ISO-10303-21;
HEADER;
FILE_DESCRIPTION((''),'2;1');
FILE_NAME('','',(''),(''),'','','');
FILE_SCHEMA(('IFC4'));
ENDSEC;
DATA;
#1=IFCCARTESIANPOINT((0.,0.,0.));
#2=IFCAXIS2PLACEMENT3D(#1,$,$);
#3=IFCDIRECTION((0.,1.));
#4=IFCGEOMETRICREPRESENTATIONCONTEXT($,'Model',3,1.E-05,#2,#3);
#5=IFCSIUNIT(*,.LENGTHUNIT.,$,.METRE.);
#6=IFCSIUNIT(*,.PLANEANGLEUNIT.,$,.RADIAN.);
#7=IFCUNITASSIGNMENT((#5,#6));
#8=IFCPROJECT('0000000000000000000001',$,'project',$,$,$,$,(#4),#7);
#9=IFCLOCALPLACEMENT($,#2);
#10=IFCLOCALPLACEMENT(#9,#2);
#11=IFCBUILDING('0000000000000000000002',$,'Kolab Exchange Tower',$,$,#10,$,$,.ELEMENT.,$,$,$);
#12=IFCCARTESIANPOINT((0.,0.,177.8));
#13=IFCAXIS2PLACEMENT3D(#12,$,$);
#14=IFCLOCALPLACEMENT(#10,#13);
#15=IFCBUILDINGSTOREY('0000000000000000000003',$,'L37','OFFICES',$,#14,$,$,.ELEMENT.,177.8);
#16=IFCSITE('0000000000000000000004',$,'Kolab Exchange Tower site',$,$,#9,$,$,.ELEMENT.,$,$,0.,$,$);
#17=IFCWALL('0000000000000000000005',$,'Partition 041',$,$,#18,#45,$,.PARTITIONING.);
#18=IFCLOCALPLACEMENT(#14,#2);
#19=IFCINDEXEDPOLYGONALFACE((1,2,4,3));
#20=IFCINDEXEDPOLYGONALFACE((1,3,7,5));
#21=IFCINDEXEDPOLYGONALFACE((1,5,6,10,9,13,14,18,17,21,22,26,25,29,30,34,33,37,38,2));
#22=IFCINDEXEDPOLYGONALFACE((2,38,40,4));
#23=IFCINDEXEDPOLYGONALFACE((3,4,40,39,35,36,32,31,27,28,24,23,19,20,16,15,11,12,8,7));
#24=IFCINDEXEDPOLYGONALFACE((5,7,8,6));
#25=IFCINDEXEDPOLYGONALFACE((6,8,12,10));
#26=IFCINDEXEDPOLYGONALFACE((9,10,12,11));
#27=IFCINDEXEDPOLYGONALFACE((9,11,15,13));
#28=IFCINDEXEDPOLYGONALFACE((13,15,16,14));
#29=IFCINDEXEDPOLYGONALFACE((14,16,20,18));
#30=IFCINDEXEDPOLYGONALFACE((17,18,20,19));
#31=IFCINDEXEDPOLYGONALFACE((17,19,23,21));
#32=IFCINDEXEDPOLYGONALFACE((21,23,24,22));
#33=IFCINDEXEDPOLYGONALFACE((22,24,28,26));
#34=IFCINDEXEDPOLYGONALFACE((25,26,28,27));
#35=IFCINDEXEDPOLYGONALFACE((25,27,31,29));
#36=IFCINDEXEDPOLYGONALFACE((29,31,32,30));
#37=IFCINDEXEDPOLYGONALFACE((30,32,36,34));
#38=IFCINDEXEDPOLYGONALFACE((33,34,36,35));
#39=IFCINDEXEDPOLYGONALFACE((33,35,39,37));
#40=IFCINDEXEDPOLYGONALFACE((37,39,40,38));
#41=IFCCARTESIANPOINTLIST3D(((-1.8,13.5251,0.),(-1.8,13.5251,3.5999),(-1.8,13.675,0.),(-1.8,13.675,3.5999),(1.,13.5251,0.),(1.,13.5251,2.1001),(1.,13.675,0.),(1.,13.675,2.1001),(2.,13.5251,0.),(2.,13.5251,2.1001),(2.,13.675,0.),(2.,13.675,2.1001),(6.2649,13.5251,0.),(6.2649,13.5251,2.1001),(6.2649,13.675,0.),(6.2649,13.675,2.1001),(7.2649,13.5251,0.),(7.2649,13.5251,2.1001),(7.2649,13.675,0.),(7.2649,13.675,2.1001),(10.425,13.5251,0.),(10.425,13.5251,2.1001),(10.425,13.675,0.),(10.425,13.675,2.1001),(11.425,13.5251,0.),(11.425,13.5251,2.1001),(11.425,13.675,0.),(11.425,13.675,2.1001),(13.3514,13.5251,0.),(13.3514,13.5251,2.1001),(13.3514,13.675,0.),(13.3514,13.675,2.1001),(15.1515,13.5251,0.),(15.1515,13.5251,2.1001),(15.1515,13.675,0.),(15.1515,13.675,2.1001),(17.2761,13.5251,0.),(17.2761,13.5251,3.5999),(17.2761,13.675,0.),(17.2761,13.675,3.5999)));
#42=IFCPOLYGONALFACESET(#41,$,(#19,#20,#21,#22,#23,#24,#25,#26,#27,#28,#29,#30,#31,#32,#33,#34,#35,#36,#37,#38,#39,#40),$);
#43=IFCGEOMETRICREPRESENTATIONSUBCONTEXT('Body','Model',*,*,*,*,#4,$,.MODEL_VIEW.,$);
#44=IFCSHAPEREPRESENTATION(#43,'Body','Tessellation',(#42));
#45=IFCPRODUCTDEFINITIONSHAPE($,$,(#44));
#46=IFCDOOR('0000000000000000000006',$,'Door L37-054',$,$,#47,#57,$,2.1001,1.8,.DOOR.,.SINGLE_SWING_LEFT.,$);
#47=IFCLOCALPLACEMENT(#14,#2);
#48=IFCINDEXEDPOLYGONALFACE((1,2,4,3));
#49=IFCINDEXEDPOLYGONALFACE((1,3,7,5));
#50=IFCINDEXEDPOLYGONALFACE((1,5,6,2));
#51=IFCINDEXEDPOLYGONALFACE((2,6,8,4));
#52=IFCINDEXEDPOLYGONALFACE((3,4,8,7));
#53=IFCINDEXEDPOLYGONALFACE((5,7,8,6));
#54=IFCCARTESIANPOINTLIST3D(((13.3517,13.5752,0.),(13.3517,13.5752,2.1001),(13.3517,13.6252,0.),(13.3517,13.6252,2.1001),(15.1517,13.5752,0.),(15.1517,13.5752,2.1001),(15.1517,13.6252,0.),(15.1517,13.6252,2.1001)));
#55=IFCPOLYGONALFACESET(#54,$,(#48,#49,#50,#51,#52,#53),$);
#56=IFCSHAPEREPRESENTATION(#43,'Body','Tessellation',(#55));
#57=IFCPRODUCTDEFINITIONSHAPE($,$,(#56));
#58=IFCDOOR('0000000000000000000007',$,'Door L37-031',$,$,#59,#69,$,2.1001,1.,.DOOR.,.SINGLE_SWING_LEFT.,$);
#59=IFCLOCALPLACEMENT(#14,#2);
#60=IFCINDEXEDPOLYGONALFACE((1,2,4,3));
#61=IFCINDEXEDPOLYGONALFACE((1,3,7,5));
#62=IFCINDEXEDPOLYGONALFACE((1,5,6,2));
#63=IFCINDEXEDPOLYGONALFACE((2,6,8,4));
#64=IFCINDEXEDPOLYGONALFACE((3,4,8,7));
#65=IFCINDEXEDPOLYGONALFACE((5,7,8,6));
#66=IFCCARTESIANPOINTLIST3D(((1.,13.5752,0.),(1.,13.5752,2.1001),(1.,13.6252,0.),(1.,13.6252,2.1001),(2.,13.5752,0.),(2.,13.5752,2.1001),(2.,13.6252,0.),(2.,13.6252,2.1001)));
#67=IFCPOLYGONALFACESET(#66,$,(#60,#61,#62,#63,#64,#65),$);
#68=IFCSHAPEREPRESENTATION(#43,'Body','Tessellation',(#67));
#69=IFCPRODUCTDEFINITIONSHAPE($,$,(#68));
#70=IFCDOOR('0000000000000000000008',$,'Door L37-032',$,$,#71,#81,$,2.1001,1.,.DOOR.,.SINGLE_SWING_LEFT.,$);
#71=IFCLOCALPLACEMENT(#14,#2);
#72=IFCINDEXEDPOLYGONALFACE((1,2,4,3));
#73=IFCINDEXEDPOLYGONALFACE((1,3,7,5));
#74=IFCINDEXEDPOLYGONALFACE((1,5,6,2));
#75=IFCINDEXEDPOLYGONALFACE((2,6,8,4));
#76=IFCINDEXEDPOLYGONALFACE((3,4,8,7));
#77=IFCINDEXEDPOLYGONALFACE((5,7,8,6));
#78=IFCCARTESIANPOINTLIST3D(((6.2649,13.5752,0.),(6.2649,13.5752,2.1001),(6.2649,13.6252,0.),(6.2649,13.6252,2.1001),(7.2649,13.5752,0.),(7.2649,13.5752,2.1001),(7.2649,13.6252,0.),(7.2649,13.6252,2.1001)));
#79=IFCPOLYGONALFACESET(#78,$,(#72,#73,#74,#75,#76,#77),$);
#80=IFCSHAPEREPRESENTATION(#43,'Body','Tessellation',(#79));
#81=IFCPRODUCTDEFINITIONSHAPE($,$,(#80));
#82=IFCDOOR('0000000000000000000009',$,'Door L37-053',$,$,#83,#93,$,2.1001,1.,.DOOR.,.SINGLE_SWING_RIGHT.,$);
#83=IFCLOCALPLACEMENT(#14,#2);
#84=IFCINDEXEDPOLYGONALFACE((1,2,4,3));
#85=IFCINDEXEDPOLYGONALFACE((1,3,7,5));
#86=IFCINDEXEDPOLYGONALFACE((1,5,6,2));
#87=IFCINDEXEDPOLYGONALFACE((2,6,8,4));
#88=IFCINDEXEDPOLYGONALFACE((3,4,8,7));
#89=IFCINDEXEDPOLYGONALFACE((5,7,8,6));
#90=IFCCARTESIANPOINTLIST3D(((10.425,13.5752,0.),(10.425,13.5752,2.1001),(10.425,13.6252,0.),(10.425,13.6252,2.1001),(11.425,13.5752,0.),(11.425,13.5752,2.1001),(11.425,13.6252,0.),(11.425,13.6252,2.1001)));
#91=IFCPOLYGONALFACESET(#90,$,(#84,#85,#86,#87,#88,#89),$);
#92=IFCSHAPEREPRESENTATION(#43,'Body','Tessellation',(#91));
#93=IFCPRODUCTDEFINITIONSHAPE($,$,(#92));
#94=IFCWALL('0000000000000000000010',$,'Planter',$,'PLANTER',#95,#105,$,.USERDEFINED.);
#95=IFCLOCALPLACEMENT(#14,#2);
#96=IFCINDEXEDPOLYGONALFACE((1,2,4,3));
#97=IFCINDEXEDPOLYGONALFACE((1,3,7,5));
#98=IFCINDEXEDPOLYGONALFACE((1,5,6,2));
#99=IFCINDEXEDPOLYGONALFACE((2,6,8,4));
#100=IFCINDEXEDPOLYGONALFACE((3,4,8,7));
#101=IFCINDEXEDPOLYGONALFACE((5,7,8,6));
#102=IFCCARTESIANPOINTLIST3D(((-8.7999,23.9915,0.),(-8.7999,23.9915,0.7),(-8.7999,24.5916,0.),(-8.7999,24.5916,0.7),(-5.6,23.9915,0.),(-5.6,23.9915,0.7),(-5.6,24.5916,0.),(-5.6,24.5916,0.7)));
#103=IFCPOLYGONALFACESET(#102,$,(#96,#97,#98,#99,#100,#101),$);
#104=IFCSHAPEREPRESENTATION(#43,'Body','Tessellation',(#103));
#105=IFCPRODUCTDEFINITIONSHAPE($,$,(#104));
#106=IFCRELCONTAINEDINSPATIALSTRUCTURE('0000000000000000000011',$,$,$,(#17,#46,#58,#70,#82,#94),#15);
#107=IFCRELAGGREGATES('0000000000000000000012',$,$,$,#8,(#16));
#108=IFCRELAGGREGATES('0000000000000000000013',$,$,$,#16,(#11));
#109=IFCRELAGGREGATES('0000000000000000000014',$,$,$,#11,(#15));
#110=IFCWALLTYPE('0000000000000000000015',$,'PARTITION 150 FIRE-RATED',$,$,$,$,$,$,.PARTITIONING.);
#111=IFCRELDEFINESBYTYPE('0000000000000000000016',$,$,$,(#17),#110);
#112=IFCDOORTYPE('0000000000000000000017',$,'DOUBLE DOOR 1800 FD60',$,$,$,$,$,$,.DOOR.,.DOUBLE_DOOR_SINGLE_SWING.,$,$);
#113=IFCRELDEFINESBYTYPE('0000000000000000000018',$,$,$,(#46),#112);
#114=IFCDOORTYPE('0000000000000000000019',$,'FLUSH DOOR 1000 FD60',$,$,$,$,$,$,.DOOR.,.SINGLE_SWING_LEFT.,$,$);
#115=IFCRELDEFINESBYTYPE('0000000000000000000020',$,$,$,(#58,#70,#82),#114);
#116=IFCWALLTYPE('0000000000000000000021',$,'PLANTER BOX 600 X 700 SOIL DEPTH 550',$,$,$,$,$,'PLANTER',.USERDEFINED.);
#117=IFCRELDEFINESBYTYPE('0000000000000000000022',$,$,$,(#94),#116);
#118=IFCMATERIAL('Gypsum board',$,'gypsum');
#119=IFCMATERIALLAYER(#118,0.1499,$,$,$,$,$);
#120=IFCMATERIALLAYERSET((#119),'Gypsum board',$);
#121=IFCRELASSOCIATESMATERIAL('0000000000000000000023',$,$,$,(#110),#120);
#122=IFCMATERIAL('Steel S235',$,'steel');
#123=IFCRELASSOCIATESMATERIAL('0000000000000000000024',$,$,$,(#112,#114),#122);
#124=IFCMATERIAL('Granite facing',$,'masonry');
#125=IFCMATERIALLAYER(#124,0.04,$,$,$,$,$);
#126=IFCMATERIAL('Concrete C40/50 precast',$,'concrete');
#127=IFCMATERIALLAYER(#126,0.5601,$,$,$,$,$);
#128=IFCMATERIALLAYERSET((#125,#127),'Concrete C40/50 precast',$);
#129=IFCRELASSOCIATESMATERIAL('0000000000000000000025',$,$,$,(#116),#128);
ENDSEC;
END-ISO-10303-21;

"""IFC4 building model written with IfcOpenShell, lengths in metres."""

from ifc_helpers import new_model, si_unit, direction, frame, frame_2d, origin, place, context, subcontext, project, spatial, rectangle, extrude, material, layer, layer_set, type_object, element, fill, save


model = new_model("IFC4")

# Units and contexts
model_context = context("Model", 3, precision=1e-05, world=origin(), true_north=direction((0.0, 1.0)))
body_context = subcontext(model_context, "Body", "Model", "MODEL_VIEW")
ifc_project = project(units=[si_unit("LENGTHUNIT", "METRE"), si_unit("PLANEANGLEUNIT", "RADIAN")], contexts=[model_context])

# Site, building, storey
site_placement = place(None, origin())
site = spatial("IfcSite", under=ifc_project, at=site_placement, Name="Kolab Exchange Tower site", CompositionType="ELEMENT", RefElevation=0.0)
building_placement = place(site_placement, origin())
building = spatial("IfcBuilding", under=site, at=building_placement, Name="Kolab Exchange Tower", CompositionType="ELEMENT")
storey_placement = place(building_placement, frame((0.0, 0.0, 177.8)))
storey = spatial("IfcBuildingStorey", under=building, at=storey_placement, Name="L37", Description="OFFICES", CompositionType="ELEMENT", Elevation=177.8)

# Shared definitions
ifc_material_1 = material(Name="Gypsum board", Category="gypsum")
ifc_layer_1 = layer(ifc_material_1, 0.1499)
ifc_layer_set_1 = layer_set([ifc_layer_1], Name="Gypsum board")
wall_type_1 = type_object("IfcWallType", Name="PARTITION 150 FIRE-RATED", PredefinedType="PARTITIONING", material=ifc_layer_set_1)

# Wall, openings, doors
wall_1_placement = place(storey_placement, frame((-1.8, 13.6001, 0.0), z_axis=(0.0, 0.0, 1.0), x_axis=(1.0, 0.0, 0.0)))
wall_1 = element("IfcWall", 1, at=wall_1_placement, inside=storey, type_object=wall_type_1, Name="Partition 041", PredefinedType="PARTITIONING", context=body_context, shape_type="SweptSolid", body=[
    extrude(rectangle(XDim=19.0762, YDim=0.1499, at=frame_2d((9.5381, 0.0))), origin(), (0.0, 0.0, 1.0), 3.5999),
])
opening_1_placement = place(wall_1_placement, frame((2.8, 0.0, 0.0)))
opening_1 = element("IfcOpeningElement", 2, at=opening_1_placement, cuts=wall_1, PredefinedType="OPENING", context=body_context, shape_type="SweptSolid", body=[
    extrude(rectangle(XDim=1.0, YDim=2.1001, at=frame_2d((0.5, 1.05))), frame((0.0, 0.085, 0.0), z_axis=(0.0, -1.0, 0.0), x_axis=(1.0, 0.0, 0.0)), (0.0, 0.0, 1.0), 0.1699),
])
opening_2_placement = place(wall_1_placement, frame((8.0649, 0.0, 0.0)))
opening_2 = element("IfcOpeningElement", 3, at=opening_2_placement, cuts=wall_1, PredefinedType="OPENING", context=body_context, shape_type="SweptSolid", body=[
    extrude(rectangle(XDim=1.0, YDim=2.1001, at=frame_2d((0.5, 1.05))), frame((0.0, 0.085, 0.0), z_axis=(0.0, -1.0, 0.0), x_axis=(1.0, 0.0, 0.0)), (0.0, 0.0, 1.0), 0.1699),
])
opening_3_placement = place(wall_1_placement, frame((12.2251, 0.0, 0.0)))
opening_3 = element("IfcOpeningElement", 4, at=opening_3_placement, cuts=wall_1, PredefinedType="OPENING", context=body_context, shape_type="SweptSolid", body=[
    extrude(rectangle(XDim=1.0, YDim=2.1001, at=frame_2d((0.5, 1.05))), frame((0.0, 0.085, 0.0), z_axis=(0.0, -1.0, 0.0), x_axis=(1.0, 0.0, 0.0)), (0.0, 0.0, 1.0), 0.1699),
])
opening_4_placement = place(wall_1_placement, frame((15.1516, 0.0, 0.0)))
opening_4 = element("IfcOpeningElement", 5, at=opening_4_placement, cuts=wall_1, PredefinedType="OPENING", context=body_context, shape_type="SweptSolid", body=[
    extrude(rectangle(XDim=1.8, YDim=2.1001, at=frame_2d((0.8999, 1.05))), frame((0.0, 0.085, 0.0), z_axis=(0.0, -1.0, 0.0), x_axis=(1.0, 0.0, 0.0)), (0.0, 0.0, 1.0), 0.1699),
])
ifc_material_2 = material(Name="Steel S235", Category="steel")
door_type_1 = type_object("IfcDoorType", Name="DOUBLE DOOR 1800 FD60", OperationType="DOUBLE_DOOR_SINGLE_SWING", PredefinedType="DOOR", material=ifc_material_2)
door_1_placement = place(opening_4_placement, frame((1.8, 0.0, 0.0), z_axis=(0.0, 0.0, 1.0), x_axis=(-1.0, 0.0, 0.0)))
door_1 = element("IfcDoor", 6, at=door_1_placement, inside=storey, type_object=door_type_1, Name="Door L37-054", OperationType="SINGLE_SWING_LEFT", OverallHeight=2.1001, OverallWidth=1.8, PredefinedType="DOOR", context=body_context, shape_type="SweptSolid", body=[
    extrude(rectangle(XDim=1.8, YDim=2.1001, at=frame_2d((0.8999, 1.05))), frame((0.0, 0.0249, 0.0), z_axis=(0.0, -1.0, 0.0), x_axis=(1.0, 0.0, 0.0)), (0.0, 0.0, 1.0), 0.05),
])
fill(opening_4, door_1)
door_type_2 = type_object("IfcDoorType", Name="FLUSH DOOR 1000 FD60", OperationType="SINGLE_SWING_LEFT", PredefinedType="DOOR", material=ifc_material_2)
door_2_placement = place(opening_1_placement, frame((1.0, 0.0, 0.0), z_axis=(0.0, 0.0, 1.0), x_axis=(-1.0, 0.0, 0.0)))
door_2 = element("IfcDoor", 7, at=door_2_placement, inside=storey, type_object=door_type_2, Name="Door L37-031", OperationType="SINGLE_SWING_LEFT", OverallHeight=2.1001, OverallWidth=1.0, PredefinedType="DOOR", context=body_context, shape_type="SweptSolid", body=[
    extrude(rectangle(XDim=1.0, YDim=2.1001, at=frame_2d((0.5, 1.05))), frame((0.0, 0.0249, 0.0), z_axis=(0.0, -1.0, 0.0), x_axis=(1.0, 0.0, 0.0)), (0.0, 0.0, 1.0), 0.05),
])
fill(opening_1, door_2)
door_3_placement = place(opening_2_placement, frame((1.0, 0.0, 0.0), z_axis=(0.0, 0.0, 1.0), x_axis=(-1.0, 0.0, 0.0)))
door_3 = element("IfcDoor", 8, at=door_3_placement, inside=storey, type_object=door_type_2, Name="Door L37-032", OperationType="SINGLE_SWING_LEFT", OverallHeight=2.1001, OverallWidth=1.0, PredefinedType="DOOR", context=body_context, shape_type="SweptSolid", body=[
    extrude(rectangle(XDim=1.0, YDim=2.1001, at=frame_2d((0.5, 1.05))), frame((0.0, 0.0249, 0.0), z_axis=(0.0, -1.0, 0.0), x_axis=(1.0, 0.0, 0.0)), (0.0, 0.0, 1.0), 0.05),
])
fill(opening_2, door_3)
door_4_placement = place(opening_3_placement, frame((1.0, 0.0, 0.0), z_axis=(0.0, 0.0, 1.0), x_axis=(-1.0, 0.0, 0.0)))
door_4 = element("IfcDoor", 9, at=door_4_placement, inside=storey, type_object=door_type_2, Name="Door L37-053", OperationType="SINGLE_SWING_RIGHT", OverallHeight=2.1001, OverallWidth=1.0, PredefinedType="DOOR", context=body_context, shape_type="SweptSolid", body=[
    extrude(rectangle(XDim=1.0, YDim=2.1001, at=frame_2d((0.5, 1.05))), frame((0.0, 0.0249, 0.0), z_axis=(0.0, -1.0, 0.0), x_axis=(1.0, 0.0, 0.0)), (0.0, 0.0, 1.0), 0.05),
])
fill(opening_3, door_4)

# Wall
ifc_material_3 = material(Name="Granite facing", Category="masonry")
ifc_layer_2 = layer(ifc_material_3, 0.04)
ifc_material_4 = material(Name="Concrete C40/50 precast", Category="concrete")
ifc_layer_3 = layer(ifc_material_4, 0.5601)
ifc_layer_set_2 = layer_set([ifc_layer_2, ifc_layer_3], Name="Concrete C40/50 precast")
wall_type_2 = type_object("IfcWallType", Name="PLANTER BOX 600 X 700 SOIL DEPTH 550", ElementType="PLANTER", PredefinedType="USERDEFINED", material=ifc_layer_set_2)
wall_2_placement = place(storey_placement, frame((-8.8, 24.2915, 0.0), z_axis=(0.0, 0.0, 1.0), x_axis=(1.0, 0.0, 0.0)))
element("IfcWall", 10, at=wall_2_placement, inside=storey, type_object=wall_type_2, Name="Planter", ObjectType="PLANTER", PredefinedType="USERDEFINED", context=body_context, shape_type="SweptSolid", body=[
    extrude(rectangle(XDim=3.2, YDim=0.6001, at=frame_2d((1.6001, 0.0))), origin(), (0.0, 0.0, 1.0), 0.7),
])

save(model, "model.ifc")
